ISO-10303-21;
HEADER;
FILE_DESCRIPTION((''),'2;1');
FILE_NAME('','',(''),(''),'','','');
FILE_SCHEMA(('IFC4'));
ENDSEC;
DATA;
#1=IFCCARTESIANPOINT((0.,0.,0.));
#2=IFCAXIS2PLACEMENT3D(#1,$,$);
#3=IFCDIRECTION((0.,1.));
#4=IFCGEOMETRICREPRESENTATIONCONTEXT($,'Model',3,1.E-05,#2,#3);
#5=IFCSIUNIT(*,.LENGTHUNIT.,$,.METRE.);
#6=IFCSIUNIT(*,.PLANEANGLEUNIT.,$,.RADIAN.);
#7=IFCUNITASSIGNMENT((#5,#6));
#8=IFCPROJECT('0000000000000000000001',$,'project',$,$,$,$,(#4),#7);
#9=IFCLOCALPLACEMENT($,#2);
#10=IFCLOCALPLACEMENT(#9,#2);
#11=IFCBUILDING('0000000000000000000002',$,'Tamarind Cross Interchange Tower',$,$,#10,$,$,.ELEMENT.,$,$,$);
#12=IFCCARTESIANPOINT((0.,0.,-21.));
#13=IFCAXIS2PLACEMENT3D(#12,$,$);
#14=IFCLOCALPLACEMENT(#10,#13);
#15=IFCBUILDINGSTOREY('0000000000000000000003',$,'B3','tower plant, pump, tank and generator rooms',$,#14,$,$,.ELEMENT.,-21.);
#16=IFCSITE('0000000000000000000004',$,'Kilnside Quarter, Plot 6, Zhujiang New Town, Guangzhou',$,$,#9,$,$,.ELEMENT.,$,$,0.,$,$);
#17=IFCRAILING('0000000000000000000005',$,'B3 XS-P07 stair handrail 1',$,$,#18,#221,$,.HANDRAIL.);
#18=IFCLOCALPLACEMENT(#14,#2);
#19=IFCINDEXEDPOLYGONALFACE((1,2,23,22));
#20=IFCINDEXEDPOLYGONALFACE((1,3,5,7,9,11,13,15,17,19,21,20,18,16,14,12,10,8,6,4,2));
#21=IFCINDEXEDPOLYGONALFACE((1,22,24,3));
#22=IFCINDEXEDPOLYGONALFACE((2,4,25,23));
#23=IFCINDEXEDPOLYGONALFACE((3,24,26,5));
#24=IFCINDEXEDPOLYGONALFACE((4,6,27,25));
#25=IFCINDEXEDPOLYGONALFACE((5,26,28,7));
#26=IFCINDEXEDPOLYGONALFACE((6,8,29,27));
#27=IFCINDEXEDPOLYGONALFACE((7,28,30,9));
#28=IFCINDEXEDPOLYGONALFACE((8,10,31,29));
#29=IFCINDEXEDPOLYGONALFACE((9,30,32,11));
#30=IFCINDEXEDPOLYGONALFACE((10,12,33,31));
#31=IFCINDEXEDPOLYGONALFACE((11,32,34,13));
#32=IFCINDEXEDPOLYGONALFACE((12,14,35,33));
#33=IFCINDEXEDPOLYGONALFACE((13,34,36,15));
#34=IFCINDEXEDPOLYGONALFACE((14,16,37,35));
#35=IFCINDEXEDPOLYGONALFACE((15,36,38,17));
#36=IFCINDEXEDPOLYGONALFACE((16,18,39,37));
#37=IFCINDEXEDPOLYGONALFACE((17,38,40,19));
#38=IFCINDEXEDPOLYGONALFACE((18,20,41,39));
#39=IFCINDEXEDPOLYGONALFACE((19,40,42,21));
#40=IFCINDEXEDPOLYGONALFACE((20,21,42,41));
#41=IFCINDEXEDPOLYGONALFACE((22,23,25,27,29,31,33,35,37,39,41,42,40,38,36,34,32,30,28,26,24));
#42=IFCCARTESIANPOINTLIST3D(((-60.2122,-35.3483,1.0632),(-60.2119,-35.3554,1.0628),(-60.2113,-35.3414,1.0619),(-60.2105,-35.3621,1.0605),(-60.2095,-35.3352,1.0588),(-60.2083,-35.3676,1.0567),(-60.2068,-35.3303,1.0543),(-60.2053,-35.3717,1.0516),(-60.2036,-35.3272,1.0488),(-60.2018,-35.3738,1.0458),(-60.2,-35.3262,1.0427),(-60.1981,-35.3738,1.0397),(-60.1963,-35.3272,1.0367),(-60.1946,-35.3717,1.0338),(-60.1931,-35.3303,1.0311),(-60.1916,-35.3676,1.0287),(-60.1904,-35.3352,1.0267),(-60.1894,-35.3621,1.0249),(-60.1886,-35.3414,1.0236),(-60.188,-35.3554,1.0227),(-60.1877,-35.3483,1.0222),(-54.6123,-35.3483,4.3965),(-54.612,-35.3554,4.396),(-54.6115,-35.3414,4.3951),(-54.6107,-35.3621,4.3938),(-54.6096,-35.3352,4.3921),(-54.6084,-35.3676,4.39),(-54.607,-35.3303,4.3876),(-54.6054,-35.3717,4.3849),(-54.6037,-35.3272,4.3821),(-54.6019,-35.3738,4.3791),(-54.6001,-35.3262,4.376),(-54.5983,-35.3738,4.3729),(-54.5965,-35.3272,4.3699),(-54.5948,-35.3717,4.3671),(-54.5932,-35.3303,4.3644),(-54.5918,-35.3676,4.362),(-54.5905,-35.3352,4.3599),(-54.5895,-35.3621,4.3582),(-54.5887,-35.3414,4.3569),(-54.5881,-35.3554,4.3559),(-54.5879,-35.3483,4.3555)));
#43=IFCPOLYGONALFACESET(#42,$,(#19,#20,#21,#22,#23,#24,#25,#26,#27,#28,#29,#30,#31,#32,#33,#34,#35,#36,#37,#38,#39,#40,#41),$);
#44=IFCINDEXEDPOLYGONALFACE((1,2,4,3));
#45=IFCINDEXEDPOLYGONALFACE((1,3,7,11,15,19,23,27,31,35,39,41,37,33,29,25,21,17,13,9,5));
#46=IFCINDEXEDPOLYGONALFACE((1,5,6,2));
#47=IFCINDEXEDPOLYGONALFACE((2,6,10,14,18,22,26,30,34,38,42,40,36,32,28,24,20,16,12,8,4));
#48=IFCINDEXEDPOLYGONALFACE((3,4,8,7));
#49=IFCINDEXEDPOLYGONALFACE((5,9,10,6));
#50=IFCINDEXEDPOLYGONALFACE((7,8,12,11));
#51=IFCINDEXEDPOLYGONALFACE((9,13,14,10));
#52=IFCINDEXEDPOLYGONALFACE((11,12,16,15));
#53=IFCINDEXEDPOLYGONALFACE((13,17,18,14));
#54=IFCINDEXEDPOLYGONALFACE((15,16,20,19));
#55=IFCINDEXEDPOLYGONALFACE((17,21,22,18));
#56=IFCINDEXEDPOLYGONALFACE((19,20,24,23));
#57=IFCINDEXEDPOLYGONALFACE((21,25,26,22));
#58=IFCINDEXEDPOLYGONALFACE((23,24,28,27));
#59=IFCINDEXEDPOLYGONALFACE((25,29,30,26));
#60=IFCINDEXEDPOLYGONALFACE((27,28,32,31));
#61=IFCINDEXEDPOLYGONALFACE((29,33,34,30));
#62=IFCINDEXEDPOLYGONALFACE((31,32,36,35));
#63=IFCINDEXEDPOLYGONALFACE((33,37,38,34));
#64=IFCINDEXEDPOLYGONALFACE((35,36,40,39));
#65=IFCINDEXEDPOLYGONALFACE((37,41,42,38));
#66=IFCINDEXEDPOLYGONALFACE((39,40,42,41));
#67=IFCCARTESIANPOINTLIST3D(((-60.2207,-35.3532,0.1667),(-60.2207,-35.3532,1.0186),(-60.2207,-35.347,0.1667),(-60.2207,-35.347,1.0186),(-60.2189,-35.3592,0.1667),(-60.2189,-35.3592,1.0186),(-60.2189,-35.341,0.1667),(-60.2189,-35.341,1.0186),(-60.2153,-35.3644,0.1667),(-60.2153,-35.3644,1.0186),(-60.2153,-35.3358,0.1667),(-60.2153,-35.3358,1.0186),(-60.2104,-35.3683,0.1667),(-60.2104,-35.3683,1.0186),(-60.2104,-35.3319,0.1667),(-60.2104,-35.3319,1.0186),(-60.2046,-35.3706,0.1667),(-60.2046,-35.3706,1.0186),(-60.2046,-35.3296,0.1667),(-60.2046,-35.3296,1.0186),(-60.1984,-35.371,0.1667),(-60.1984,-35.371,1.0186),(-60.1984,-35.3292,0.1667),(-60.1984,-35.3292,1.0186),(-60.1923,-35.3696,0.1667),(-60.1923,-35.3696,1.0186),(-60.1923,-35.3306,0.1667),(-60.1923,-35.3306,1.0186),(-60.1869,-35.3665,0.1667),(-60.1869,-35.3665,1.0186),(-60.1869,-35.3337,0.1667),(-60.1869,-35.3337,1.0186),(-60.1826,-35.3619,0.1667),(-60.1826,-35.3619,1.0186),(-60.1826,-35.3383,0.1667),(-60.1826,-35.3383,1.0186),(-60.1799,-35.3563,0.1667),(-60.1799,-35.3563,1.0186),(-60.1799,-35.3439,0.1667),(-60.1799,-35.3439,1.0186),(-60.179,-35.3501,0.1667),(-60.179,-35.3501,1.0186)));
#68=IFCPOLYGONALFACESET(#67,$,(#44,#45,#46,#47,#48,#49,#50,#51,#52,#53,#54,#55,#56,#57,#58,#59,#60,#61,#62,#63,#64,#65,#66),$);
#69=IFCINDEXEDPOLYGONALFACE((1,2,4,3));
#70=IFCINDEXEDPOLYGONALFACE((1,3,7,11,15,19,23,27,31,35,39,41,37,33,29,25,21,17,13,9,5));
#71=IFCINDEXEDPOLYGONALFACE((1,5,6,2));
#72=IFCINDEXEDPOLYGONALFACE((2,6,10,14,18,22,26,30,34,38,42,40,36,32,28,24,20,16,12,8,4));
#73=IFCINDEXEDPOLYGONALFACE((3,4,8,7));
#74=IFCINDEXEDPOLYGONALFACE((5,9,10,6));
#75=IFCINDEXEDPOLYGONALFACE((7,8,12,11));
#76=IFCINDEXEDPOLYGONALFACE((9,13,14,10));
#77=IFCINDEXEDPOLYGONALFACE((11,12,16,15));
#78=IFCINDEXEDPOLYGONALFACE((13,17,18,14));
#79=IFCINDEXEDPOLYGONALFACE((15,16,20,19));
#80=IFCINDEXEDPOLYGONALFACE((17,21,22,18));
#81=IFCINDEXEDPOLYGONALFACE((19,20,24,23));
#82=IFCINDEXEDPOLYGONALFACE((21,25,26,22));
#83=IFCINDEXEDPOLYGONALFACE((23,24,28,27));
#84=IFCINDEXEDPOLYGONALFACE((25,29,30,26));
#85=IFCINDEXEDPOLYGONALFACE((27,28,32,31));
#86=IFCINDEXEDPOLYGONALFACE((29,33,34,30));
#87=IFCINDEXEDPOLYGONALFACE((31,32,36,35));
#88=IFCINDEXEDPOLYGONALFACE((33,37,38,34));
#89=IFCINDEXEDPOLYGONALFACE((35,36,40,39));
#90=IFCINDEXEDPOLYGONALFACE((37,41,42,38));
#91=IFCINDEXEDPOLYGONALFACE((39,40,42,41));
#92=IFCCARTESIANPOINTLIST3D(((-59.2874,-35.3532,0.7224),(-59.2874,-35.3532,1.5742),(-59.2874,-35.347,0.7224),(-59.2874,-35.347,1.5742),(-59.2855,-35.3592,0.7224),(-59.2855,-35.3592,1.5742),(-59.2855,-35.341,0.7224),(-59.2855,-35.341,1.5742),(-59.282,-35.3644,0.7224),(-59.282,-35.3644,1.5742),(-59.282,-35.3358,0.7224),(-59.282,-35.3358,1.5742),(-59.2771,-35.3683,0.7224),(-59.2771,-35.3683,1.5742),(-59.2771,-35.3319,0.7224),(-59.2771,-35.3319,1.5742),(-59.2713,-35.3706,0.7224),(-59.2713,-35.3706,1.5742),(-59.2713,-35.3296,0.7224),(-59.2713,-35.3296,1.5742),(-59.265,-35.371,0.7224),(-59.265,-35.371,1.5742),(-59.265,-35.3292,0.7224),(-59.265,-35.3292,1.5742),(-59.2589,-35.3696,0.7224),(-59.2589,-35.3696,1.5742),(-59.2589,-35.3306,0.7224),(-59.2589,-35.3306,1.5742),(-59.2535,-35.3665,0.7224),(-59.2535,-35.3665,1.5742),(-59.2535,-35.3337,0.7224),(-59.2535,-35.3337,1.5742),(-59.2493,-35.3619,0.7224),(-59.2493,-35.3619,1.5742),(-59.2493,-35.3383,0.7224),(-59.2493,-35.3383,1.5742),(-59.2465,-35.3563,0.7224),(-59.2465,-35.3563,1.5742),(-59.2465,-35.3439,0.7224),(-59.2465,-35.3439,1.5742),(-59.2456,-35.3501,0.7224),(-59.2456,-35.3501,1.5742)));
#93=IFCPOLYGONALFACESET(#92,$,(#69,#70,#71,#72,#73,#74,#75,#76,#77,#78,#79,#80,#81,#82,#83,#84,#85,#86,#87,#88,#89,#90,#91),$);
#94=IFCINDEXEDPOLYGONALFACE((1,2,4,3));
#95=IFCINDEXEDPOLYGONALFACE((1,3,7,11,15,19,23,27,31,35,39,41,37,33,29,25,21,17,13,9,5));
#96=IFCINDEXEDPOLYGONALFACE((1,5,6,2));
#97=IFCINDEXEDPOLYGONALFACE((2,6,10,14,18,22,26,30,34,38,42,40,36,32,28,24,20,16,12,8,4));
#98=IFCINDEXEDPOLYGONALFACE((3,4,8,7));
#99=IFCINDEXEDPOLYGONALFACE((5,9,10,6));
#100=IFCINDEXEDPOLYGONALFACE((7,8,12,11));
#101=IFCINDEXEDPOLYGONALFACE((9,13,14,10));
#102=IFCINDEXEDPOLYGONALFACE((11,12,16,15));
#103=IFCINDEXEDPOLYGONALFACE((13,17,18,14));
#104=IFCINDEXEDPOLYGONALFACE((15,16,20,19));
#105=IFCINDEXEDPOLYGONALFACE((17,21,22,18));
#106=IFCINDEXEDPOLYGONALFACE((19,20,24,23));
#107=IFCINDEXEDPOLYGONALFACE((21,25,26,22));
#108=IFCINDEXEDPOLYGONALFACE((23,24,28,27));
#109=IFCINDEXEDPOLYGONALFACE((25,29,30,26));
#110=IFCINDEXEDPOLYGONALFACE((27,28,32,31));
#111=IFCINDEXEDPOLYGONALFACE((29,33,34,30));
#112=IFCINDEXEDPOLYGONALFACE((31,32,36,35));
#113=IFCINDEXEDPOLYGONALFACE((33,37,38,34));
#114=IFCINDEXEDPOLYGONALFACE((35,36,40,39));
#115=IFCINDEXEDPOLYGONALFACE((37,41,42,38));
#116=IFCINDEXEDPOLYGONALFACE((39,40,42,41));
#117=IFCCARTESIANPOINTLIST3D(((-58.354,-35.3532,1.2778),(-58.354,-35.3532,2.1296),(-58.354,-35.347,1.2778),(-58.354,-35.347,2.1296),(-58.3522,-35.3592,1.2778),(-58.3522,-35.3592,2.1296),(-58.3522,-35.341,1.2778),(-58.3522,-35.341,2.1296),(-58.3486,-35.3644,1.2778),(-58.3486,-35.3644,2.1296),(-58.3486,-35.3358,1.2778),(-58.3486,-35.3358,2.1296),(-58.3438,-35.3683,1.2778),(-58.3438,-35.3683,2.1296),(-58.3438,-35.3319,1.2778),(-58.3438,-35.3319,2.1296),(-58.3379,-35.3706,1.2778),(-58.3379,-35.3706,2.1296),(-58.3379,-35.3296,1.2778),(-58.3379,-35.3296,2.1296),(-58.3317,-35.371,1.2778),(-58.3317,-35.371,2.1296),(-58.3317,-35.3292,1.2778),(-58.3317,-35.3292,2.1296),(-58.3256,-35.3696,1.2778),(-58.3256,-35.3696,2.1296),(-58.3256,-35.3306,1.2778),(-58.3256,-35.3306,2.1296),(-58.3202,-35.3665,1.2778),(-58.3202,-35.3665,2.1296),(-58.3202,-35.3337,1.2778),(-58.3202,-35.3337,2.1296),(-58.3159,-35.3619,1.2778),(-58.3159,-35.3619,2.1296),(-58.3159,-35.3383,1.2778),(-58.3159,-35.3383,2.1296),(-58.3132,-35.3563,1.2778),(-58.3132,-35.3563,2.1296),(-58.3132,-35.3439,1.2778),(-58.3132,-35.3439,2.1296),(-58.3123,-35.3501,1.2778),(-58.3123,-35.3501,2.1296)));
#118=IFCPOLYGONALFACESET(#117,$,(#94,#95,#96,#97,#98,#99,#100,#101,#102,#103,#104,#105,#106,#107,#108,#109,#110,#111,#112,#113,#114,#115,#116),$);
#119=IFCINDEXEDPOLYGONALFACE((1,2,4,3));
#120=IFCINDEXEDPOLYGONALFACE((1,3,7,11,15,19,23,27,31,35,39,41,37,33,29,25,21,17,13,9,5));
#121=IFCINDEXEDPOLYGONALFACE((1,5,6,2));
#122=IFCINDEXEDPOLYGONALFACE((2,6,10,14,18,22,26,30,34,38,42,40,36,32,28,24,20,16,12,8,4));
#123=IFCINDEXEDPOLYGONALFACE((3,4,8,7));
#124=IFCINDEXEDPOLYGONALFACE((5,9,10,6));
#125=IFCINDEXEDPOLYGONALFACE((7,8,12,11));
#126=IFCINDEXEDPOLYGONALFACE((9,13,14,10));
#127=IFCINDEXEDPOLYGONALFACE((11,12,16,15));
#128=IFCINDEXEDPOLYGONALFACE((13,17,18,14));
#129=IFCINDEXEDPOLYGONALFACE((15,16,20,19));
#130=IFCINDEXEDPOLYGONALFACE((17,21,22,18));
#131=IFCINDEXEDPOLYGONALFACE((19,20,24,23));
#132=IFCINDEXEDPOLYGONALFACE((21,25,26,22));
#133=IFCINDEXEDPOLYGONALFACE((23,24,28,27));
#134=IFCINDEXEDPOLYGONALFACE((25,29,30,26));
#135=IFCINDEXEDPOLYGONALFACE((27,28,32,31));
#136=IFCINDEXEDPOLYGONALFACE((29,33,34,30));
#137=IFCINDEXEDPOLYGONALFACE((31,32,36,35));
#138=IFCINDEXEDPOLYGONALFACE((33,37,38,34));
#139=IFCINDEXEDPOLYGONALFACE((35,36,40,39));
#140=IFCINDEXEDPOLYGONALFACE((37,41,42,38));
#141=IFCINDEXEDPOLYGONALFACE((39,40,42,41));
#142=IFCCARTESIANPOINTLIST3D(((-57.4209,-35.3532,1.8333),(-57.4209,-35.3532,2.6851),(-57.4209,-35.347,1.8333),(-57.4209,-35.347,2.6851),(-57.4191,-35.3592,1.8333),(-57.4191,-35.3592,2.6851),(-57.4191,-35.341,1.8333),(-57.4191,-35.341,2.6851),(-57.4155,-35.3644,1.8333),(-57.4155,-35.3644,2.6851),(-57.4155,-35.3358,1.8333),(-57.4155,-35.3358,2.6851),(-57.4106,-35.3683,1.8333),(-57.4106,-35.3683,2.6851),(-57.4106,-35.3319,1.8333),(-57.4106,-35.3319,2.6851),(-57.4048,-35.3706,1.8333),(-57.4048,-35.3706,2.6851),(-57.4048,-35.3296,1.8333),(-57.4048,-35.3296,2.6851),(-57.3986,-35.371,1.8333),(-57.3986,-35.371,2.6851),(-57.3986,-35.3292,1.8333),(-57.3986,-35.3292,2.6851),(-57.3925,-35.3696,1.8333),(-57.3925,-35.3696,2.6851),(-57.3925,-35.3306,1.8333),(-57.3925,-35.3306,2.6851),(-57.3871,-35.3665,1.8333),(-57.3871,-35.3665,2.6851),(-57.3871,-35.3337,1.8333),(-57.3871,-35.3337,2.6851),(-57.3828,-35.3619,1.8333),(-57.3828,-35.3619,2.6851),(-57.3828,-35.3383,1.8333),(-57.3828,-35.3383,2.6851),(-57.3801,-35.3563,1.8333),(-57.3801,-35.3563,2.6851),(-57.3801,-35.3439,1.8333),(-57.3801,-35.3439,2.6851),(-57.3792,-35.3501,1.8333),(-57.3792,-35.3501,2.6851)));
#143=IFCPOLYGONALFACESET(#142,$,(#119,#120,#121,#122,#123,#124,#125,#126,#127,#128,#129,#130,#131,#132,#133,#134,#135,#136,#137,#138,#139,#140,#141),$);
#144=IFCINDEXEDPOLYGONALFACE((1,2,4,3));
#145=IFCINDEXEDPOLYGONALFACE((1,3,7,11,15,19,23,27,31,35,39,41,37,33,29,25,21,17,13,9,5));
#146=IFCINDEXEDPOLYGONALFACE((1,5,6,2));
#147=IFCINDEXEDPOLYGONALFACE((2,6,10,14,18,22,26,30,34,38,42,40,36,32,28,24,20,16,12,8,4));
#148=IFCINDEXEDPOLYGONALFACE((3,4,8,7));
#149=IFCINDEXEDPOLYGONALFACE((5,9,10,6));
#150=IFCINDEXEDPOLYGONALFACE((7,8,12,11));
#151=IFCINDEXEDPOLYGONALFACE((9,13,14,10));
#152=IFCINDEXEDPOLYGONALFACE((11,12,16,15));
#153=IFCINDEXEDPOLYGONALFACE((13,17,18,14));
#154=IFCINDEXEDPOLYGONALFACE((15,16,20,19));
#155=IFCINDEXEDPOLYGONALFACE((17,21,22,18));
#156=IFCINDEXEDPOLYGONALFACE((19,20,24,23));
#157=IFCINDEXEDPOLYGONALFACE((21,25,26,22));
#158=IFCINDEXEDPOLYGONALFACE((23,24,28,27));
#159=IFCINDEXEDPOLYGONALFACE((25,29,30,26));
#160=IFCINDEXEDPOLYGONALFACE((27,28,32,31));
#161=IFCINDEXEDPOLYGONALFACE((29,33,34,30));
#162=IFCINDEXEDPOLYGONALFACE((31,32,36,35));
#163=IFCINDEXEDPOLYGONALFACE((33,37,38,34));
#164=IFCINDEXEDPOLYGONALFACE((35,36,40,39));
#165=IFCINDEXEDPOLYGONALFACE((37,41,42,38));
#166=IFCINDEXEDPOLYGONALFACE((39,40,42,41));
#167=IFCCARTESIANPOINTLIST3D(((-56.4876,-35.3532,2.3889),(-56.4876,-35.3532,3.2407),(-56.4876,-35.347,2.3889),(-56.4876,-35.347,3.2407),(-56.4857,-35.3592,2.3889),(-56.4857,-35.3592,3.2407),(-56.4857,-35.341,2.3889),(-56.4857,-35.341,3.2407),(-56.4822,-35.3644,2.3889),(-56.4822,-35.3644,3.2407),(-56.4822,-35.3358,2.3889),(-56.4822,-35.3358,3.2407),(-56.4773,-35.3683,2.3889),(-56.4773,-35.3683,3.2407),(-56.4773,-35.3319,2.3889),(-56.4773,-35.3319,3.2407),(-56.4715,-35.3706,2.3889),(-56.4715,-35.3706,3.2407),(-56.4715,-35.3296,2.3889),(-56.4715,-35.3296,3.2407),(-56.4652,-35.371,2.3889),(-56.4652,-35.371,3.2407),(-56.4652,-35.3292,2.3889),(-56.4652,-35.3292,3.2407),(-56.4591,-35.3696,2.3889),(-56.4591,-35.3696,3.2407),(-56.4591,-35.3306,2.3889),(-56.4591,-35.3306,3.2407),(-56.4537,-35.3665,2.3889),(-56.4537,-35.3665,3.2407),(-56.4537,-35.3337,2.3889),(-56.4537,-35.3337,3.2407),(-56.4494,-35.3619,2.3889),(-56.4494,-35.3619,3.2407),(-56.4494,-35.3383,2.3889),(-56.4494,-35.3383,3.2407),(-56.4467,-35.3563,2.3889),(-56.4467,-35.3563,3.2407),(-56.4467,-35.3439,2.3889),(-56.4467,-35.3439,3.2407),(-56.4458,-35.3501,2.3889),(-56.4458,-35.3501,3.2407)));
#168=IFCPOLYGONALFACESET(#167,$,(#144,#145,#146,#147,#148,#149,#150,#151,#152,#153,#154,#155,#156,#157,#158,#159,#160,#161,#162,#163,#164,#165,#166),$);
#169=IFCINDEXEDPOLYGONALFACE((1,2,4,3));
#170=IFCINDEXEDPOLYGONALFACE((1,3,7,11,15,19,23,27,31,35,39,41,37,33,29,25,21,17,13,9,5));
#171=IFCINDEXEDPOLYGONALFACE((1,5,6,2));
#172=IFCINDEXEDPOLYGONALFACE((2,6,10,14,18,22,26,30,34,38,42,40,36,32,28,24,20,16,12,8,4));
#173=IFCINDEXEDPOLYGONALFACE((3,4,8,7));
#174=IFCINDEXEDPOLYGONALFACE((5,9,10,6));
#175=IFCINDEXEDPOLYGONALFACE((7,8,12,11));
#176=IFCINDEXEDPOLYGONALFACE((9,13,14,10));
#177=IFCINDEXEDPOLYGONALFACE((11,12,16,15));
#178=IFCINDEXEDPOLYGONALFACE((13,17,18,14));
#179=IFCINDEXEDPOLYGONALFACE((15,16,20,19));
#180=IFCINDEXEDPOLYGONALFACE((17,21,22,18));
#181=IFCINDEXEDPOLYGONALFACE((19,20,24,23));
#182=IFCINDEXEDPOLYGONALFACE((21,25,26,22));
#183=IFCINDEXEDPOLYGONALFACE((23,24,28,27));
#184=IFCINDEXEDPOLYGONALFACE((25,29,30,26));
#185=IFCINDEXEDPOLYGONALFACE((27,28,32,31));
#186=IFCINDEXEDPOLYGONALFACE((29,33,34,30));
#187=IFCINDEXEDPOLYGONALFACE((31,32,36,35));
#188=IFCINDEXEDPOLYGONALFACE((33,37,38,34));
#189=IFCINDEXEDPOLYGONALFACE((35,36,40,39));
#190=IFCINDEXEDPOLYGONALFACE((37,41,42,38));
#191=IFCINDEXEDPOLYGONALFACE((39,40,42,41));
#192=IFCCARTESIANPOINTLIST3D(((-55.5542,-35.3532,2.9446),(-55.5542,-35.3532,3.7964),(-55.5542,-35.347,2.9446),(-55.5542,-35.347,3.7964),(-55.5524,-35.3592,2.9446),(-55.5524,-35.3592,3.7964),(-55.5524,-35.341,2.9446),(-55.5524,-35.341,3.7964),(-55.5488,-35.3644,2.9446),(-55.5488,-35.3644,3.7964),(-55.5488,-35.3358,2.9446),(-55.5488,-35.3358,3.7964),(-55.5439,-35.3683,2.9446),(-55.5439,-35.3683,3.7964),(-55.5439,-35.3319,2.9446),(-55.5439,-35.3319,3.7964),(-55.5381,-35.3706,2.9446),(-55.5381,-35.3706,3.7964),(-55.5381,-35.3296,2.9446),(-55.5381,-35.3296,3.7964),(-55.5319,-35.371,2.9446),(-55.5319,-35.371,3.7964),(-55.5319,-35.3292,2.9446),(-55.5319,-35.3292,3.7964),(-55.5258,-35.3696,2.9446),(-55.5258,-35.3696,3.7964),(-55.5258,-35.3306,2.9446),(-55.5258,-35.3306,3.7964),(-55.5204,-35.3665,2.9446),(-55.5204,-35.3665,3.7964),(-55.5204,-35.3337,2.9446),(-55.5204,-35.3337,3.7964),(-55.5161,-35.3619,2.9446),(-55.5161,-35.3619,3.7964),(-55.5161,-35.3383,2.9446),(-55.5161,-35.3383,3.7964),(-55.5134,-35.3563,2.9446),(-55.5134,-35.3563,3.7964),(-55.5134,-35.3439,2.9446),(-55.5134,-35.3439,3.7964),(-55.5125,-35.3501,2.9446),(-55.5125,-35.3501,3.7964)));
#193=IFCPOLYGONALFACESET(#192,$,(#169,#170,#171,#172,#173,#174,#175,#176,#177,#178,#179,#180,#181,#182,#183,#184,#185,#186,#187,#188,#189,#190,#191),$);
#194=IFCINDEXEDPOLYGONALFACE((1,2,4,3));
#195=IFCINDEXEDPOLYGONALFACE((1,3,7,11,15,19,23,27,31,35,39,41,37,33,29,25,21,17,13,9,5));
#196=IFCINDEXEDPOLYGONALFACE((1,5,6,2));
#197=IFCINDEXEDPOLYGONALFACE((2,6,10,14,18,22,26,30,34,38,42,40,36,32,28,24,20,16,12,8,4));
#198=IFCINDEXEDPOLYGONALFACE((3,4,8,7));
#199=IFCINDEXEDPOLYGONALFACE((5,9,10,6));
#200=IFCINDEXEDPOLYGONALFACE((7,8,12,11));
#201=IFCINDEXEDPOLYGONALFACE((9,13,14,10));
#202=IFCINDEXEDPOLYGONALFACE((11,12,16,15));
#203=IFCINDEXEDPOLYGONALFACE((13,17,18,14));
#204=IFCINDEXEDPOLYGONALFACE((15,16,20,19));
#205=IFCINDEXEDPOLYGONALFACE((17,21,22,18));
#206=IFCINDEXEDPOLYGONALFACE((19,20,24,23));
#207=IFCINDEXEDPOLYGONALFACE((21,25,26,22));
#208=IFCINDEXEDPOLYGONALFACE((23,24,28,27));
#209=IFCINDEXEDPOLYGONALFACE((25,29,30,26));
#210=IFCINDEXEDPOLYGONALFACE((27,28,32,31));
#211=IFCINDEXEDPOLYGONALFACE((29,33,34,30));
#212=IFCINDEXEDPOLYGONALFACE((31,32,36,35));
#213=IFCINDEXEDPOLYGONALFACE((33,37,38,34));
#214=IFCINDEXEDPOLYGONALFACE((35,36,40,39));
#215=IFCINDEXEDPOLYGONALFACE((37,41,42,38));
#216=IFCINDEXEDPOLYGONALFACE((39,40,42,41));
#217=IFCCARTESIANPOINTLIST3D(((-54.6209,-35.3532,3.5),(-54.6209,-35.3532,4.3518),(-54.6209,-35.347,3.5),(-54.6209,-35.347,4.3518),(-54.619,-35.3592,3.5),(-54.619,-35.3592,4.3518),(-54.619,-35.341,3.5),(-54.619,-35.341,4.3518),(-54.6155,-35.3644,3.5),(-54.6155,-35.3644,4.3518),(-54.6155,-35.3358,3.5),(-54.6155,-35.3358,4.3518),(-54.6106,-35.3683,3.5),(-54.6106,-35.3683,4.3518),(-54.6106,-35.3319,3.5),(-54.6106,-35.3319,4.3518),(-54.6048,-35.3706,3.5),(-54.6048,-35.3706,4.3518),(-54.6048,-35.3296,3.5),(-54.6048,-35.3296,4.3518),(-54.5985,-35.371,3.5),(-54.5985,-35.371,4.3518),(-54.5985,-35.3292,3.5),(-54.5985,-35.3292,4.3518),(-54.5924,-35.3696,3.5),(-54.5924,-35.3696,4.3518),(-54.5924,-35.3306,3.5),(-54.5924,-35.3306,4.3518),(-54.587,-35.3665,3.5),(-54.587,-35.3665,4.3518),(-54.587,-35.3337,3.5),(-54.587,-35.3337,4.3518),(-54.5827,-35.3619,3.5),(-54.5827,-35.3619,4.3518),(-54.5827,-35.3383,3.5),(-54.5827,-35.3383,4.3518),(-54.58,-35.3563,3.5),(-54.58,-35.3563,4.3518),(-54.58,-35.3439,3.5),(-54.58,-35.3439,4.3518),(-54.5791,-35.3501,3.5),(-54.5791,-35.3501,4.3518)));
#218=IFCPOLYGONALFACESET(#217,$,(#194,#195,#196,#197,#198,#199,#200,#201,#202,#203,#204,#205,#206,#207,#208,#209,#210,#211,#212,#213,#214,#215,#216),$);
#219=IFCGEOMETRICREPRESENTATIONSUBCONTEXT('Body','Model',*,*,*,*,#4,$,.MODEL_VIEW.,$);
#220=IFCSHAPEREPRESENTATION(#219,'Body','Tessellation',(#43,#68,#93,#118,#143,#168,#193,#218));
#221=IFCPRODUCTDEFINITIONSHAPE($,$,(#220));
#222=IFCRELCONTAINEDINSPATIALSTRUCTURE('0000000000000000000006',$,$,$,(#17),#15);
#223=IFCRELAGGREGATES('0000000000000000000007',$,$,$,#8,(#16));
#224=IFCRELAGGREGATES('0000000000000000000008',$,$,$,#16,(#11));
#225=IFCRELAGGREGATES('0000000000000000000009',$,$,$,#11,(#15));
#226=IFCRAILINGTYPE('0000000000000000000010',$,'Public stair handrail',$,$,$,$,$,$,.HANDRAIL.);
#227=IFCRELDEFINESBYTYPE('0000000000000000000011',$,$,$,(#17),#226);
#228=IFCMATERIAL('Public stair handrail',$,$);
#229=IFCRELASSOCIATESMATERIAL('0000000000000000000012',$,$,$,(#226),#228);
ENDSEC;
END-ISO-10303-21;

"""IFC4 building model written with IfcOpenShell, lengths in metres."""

from ifc_helpers import new_model, si_unit, direction, frame, origin, origin_2d, place, context, subcontext, project, spatial, circle, extrude, material, type_object, element, save


model = new_model("IFC4")

# Units and contexts
model_context = context("Model", 3, precision=1e-05, world=origin(), true_north=direction((0.0, 1.0)))
body_context = subcontext(model_context, "Body", "Model", "MODEL_VIEW")
ifc_project = project(units=[si_unit("LENGTHUNIT", "METRE"), si_unit("PLANEANGLEUNIT", "RADIAN")], contexts=[model_context])

# Site, building, storey
site_placement = place(None, origin())
site = spatial("IfcSite", under=ifc_project, at=site_placement, Name="Kilnside Quarter, Plot 6, Zhujiang New Town, Guangzhou", CompositionType="ELEMENT", RefElevation=0.0)
building_placement = place(site_placement, origin())
building = spatial("IfcBuilding", under=site, at=building_placement, Name="Tamarind Cross Interchange Tower", CompositionType="ELEMENT")
storey_placement = place(building_placement, frame((0.0, 0.0, -21.0)))
storey = spatial("IfcBuildingStorey", under=building, at=storey_placement, Name="B3", Description="tower plant, pump, tank and generator rooms", CompositionType="ELEMENT", Elevation=-21.0)

# Railing
ifc_material_1 = material(Name="Public stair handrail")
railing_type_1 = type_object("IfcRailingType", Name="Public stair handrail", PredefinedType="HANDRAIL", material=ifc_material_1)
railing_1_placement = place(storey_placement, frame((-60.2, -35.3501, 0.1667)))
element("IfcRailing", 1, at=railing_1_placement, inside=storey, type_object=railing_type_1, Name="B3 XS-P07 stair handrail 1", PredefinedType="HANDRAIL", context=body_context, shape_type="SweptSolid", body=[
    extrude(circle(Radius=0.0239, at=origin_2d()), frame((0.0, 0.0, 0.876), z_axis=(0.859292, 0.0, 0.511485), x_axis=(0.0, 1.0, 0.0)), (0.0, 0.0, 1.0), 6.5168),
    extrude(circle(Radius=0.021, at=origin_2d()), origin(), (0.0, 0.0, 1.0), 0.8518),
    extrude(circle(Radius=0.021, at=origin_2d()), frame((0.9333, 0.0, 0.5557)), (0.0, 0.0, 1.0), 0.8518),
    extrude(circle(Radius=0.021, at=origin_2d()), frame((1.8667, 0.0, 1.1111)), (0.0, 0.0, 1.0), 0.8518),
    extrude(circle(Radius=0.021, at=origin_2d()), frame((2.7998, 0.0, 1.6665)), (0.0, 0.0, 1.0), 0.8518),
    extrude(circle(Radius=0.021, at=origin_2d()), frame((3.7332, 0.0, 2.2222)), (0.0, 0.0, 1.0), 0.8518),
    extrude(circle(Radius=0.021, at=origin_2d()), frame((4.6665, 0.0, 2.7778)), (0.0, 0.0, 1.0), 0.8518),
    extrude(circle(Radius=0.021, at=origin_2d()), frame((5.5999, 0.0, 3.3333)), (0.0, 0.0, 1.0), 0.8518),
])

save(model, "model.ifc")
